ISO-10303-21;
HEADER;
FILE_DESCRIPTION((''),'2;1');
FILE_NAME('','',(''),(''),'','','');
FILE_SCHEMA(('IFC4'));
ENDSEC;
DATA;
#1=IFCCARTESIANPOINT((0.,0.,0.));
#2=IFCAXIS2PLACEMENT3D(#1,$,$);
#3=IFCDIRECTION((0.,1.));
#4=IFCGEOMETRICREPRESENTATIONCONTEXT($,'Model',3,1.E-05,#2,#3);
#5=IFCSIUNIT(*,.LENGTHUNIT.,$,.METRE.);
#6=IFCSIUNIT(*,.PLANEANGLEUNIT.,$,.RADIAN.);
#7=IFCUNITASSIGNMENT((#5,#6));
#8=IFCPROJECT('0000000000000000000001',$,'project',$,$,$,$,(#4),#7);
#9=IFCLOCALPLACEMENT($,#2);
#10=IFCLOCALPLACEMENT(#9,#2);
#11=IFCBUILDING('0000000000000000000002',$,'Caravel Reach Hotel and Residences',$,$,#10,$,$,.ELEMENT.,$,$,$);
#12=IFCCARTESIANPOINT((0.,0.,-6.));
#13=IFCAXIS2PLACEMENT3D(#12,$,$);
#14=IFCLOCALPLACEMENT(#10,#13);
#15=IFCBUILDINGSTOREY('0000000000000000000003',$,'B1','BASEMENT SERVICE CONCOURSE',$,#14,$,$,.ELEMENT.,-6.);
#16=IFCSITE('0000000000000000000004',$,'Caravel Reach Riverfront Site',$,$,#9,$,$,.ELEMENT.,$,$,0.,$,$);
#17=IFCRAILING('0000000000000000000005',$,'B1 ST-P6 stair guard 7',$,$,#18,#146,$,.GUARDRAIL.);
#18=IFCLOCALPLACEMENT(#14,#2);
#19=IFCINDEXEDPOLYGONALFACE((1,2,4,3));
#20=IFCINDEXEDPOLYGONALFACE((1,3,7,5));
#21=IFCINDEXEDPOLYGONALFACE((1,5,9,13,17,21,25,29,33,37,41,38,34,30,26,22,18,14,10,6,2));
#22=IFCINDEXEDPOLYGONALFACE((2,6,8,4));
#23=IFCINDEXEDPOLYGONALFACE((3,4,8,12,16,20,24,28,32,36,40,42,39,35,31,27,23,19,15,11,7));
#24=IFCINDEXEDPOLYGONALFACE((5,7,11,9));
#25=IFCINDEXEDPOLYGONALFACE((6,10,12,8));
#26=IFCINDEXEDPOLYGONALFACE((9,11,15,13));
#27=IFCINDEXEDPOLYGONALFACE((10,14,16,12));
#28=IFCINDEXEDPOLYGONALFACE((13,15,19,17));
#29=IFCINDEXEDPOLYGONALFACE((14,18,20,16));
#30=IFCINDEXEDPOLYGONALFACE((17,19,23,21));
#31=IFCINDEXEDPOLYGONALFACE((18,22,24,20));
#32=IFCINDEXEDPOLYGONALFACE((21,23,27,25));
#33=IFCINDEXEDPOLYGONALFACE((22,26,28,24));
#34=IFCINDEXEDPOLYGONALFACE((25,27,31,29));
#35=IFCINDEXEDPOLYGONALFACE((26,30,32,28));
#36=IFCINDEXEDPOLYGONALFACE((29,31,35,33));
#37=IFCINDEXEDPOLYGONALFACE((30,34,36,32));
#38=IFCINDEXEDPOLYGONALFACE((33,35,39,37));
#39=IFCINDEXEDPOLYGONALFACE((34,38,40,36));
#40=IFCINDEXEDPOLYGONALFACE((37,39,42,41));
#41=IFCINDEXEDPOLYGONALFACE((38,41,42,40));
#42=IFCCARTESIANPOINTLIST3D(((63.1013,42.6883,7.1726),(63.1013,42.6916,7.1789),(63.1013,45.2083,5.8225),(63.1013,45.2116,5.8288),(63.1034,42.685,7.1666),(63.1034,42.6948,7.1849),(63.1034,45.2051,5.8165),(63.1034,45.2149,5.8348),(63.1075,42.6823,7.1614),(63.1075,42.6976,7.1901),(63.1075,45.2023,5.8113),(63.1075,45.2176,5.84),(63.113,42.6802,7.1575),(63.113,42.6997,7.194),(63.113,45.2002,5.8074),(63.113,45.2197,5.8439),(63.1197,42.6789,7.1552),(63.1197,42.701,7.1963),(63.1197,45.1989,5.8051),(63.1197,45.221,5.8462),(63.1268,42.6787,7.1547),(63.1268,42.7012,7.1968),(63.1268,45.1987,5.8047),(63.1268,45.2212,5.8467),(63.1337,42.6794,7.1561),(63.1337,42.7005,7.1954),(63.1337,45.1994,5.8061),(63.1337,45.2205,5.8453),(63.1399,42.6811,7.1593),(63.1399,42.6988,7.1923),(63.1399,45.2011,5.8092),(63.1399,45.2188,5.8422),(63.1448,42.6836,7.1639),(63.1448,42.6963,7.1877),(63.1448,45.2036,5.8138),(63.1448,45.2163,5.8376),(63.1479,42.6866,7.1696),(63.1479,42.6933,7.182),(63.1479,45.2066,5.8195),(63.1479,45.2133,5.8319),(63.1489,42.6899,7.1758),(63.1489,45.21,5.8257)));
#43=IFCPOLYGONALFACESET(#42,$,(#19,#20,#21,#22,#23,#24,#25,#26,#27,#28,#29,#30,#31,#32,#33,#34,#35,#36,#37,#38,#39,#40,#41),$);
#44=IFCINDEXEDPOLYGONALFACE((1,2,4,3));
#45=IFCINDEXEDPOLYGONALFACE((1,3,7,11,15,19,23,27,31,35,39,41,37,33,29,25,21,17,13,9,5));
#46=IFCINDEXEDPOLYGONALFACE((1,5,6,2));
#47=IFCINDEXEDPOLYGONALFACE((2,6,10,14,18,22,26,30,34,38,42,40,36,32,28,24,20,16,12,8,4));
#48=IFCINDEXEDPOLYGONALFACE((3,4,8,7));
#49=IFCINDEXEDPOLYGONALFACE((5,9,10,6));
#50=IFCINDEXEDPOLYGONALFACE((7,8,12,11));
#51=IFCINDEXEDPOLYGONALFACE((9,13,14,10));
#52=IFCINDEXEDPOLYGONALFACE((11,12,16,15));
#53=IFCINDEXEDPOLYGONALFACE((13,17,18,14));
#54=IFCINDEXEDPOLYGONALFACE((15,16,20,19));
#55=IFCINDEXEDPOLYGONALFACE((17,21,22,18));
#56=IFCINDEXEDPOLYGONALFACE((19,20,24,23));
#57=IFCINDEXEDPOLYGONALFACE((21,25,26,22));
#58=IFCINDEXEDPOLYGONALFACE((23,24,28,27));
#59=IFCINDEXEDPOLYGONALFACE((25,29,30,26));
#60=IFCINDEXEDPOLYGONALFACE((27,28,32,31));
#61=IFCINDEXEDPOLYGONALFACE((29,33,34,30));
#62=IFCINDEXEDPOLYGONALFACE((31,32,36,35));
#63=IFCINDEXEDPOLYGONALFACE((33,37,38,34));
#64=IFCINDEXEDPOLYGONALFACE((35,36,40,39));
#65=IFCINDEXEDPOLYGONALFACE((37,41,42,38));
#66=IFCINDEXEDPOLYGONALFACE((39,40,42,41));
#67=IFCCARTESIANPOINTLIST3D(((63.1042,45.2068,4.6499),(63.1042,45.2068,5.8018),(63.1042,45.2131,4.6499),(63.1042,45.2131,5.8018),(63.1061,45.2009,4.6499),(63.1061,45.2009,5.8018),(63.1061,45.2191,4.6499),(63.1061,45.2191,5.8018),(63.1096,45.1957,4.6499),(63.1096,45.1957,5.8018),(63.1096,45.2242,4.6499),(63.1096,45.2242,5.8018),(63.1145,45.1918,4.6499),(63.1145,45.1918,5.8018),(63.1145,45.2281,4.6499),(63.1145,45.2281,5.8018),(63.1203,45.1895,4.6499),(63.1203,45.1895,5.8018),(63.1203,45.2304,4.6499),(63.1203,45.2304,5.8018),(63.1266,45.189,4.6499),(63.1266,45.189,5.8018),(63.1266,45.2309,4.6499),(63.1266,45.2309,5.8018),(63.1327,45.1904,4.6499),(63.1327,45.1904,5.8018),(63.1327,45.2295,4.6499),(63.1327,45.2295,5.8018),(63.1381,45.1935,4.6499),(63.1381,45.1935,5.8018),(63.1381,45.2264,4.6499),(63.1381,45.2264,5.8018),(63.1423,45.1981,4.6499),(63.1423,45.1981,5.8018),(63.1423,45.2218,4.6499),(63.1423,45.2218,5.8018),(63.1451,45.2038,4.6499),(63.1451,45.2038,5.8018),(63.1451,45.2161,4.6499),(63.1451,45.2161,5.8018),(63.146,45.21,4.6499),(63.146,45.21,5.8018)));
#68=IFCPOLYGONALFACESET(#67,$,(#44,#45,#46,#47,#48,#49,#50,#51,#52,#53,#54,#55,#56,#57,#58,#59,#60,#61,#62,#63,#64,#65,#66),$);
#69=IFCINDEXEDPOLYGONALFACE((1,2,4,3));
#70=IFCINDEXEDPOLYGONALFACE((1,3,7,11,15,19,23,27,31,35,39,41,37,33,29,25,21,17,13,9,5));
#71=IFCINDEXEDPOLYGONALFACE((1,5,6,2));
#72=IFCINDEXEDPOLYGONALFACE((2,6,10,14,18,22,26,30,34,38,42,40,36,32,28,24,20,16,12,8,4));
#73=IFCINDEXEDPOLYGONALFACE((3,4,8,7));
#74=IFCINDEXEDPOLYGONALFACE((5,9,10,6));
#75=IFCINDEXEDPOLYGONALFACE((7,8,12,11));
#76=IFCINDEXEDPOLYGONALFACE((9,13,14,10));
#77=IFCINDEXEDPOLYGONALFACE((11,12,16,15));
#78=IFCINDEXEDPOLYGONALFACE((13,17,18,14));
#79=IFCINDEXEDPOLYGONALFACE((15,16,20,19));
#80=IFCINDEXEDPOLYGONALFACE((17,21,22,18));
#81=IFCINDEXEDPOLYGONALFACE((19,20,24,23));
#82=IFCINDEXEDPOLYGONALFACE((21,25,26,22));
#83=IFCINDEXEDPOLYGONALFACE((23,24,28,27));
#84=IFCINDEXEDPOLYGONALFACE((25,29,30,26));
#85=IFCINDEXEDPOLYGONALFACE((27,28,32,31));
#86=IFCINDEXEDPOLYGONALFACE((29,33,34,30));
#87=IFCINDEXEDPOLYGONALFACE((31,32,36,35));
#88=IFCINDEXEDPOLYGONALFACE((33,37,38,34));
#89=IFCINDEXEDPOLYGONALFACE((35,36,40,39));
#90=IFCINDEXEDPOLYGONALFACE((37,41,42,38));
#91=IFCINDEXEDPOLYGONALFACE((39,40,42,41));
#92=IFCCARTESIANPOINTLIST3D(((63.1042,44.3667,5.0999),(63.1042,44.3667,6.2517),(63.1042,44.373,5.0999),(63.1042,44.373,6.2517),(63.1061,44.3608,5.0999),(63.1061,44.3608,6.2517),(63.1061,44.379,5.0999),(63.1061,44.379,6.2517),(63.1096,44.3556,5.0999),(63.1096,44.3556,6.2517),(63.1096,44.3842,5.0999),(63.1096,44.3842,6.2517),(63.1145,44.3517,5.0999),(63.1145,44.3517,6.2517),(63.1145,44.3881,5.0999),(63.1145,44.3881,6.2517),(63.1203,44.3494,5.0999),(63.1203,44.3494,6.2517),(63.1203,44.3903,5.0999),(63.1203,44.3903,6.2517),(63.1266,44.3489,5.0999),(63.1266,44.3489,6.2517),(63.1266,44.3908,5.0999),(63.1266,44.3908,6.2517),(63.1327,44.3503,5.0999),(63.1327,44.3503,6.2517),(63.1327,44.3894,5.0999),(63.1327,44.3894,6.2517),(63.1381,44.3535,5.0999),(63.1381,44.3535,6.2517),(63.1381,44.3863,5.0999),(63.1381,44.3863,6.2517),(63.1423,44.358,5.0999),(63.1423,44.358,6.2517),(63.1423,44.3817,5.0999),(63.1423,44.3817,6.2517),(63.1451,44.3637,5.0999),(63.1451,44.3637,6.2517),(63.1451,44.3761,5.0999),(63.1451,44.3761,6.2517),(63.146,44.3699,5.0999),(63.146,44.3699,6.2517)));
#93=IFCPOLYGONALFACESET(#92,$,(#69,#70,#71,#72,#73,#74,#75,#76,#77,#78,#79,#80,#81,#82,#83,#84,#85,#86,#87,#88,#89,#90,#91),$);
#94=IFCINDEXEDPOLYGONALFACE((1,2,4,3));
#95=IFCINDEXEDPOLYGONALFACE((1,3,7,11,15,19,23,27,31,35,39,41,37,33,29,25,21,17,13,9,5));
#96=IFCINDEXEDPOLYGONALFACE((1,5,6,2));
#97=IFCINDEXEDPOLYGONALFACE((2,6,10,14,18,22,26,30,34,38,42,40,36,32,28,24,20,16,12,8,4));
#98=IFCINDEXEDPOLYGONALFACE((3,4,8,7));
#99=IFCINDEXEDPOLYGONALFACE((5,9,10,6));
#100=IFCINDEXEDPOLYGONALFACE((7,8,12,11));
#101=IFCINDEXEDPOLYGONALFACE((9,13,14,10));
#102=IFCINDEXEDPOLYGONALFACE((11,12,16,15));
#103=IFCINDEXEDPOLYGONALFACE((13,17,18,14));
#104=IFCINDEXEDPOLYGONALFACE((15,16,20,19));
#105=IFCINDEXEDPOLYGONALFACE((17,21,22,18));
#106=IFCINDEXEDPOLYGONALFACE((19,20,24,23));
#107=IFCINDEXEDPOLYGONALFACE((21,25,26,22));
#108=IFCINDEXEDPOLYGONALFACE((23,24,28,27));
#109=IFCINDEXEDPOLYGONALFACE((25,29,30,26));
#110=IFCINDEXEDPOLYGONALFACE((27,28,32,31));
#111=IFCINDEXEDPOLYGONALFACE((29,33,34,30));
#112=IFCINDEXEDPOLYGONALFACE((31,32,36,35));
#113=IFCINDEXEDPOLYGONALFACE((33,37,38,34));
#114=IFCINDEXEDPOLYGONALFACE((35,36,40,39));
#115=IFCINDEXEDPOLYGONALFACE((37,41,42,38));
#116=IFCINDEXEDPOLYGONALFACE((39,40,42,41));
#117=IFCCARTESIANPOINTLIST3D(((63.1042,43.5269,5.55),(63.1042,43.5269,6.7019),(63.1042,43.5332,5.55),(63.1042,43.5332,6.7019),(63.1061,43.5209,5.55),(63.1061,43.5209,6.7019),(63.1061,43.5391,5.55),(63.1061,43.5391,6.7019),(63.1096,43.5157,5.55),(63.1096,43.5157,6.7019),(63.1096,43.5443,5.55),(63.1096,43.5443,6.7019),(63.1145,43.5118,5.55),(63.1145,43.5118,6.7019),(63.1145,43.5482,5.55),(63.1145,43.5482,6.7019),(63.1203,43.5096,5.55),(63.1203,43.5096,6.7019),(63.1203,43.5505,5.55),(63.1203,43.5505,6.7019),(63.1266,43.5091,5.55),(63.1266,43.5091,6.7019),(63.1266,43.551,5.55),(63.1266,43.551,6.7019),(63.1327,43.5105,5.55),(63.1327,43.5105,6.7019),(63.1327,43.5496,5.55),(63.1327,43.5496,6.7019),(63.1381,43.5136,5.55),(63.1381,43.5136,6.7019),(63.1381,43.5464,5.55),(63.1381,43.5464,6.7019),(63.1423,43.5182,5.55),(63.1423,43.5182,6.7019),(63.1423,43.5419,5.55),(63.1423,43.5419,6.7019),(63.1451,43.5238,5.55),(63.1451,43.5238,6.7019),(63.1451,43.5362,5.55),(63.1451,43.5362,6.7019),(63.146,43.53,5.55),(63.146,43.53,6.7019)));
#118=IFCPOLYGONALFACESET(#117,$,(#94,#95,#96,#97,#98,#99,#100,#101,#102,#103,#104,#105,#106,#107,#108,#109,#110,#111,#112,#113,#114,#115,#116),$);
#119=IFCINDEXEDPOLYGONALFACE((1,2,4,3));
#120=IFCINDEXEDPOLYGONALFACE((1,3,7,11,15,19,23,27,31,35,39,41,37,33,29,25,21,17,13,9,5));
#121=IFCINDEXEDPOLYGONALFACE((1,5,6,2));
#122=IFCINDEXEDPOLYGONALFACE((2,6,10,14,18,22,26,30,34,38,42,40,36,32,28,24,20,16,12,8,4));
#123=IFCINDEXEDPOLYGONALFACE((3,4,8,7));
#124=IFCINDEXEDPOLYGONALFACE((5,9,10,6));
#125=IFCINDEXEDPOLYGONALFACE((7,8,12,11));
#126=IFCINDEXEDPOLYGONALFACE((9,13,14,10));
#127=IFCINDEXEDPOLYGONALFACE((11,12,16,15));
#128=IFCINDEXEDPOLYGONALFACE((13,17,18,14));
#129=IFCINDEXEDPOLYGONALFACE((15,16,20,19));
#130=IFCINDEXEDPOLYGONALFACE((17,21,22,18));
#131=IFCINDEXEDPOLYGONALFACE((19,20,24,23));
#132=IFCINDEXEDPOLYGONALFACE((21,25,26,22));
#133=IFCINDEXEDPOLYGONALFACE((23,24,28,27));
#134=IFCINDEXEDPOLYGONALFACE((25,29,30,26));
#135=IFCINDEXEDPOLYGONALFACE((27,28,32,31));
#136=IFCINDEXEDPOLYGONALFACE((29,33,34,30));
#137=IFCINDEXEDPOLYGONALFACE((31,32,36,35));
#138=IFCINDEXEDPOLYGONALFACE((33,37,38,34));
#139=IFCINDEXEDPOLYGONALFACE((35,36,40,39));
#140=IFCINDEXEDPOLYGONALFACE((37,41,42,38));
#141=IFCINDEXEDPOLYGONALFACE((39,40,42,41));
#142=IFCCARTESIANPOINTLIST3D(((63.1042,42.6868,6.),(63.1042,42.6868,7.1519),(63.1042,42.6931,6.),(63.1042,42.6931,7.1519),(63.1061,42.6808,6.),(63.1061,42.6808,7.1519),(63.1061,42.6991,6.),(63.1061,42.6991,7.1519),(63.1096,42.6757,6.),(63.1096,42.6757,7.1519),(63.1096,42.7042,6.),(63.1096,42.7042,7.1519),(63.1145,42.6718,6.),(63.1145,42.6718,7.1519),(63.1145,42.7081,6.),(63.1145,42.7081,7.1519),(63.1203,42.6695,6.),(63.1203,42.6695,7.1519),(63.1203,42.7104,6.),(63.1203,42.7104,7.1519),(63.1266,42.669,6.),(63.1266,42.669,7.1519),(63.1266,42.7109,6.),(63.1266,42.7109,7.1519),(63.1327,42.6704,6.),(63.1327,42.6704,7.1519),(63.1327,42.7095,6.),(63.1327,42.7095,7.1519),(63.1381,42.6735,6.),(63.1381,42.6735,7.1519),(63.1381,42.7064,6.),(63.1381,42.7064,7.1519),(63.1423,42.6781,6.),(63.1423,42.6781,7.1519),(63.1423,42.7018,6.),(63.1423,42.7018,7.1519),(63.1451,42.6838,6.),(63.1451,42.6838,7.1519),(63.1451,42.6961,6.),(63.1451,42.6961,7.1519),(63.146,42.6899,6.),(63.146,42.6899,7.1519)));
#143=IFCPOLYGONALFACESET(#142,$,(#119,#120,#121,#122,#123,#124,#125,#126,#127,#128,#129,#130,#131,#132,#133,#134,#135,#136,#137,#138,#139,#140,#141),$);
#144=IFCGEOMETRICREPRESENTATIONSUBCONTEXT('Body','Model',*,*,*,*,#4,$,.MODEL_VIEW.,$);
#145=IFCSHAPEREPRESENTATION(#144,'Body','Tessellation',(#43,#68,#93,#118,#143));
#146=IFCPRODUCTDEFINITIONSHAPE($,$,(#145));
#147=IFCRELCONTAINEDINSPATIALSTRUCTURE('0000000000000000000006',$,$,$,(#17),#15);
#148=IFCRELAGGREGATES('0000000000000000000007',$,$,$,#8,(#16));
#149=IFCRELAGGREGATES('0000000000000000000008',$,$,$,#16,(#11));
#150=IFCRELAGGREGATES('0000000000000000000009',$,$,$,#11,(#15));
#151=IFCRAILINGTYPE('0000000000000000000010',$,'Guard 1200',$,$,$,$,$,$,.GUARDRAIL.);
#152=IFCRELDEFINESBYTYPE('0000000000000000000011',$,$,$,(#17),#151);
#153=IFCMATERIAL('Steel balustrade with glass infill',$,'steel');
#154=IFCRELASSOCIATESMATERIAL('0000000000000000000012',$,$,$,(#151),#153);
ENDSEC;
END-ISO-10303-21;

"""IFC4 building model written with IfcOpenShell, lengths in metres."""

from ifc_helpers import new_model, si_unit, direction, frame, origin, origin_2d, place, context, subcontext, project, spatial, circle, extrude, material, type_object, element, save


model = new_model("IFC4")

# Units and contexts
model_context = context("Model", 3, precision=1e-05, world=origin(), true_north=direction((0.0, 1.0)))
body_context = subcontext(model_context, "Body", "Model", "MODEL_VIEW")
ifc_project = project(units=[si_unit("LENGTHUNIT", "METRE"), si_unit("PLANEANGLEUNIT", "RADIAN")], contexts=[model_context])

# Site, building, storey
site_placement = place(None, origin())
site = spatial("IfcSite", under=ifc_project, at=site_placement, Name="Caravel Reach Riverfront Site", CompositionType="ELEMENT", RefElevation=0.0)
building_placement = place(site_placement, origin())
building = spatial("IfcBuilding", under=site, at=building_placement, Name="Caravel Reach Hotel and Residences", CompositionType="ELEMENT")
storey_placement = place(building_placement, frame((0.0, 0.0, -6.0)))
storey = spatial("IfcBuildingStorey", under=building, at=storey_placement, Name="B1", Description="BASEMENT SERVICE CONCOURSE", CompositionType="ELEMENT", Elevation=-6.0)

# Railing
ifc_material_1 = material(Name="Steel balustrade with glass infill", Category="steel")
railing_type_1 = type_object("IfcRailingType", Name="Guard 1200", PredefinedType="GUARDRAIL", material=ifc_material_1)
railing_1_placement = place(storey_placement, frame((63.125, 45.21, 4.6499)))
element("IfcRailing", 1, at=railing_1_placement, inside=storey, type_object=railing_type_1, Name="B1 ST-P6 stair guard 7", PredefinedType="GUARDRAIL", context=body_context, shape_type="SweptSolid", body=[
    extrude(circle(Radius=0.0239, at=origin_2d()), frame((0.0, 0.0, 1.1758), z_axis=(0.0, -0.881467, 0.472245), x_axis=(1.0, 0.0, 0.0)), (0.0, 0.0, 1.0), 2.8589),
    extrude(circle(Radius=0.021, at=origin_2d()), origin(), (0.0, 0.0, 1.0), 1.1519),
    extrude(circle(Radius=0.021, at=origin_2d()), frame((0.0, -0.8401, 0.45)), (0.0, 0.0, 1.0), 1.1519),
    extrude(circle(Radius=0.021, at=origin_2d()), frame((0.0, -1.6799, 0.9001)), (0.0, 0.0, 1.0), 1.1519),
    extrude(circle(Radius=0.021, at=origin_2d()), frame((0.0, -2.52, 1.3501)), (0.0, 0.0, 1.0), 1.1519),
])

save(model, "model.ifc")
